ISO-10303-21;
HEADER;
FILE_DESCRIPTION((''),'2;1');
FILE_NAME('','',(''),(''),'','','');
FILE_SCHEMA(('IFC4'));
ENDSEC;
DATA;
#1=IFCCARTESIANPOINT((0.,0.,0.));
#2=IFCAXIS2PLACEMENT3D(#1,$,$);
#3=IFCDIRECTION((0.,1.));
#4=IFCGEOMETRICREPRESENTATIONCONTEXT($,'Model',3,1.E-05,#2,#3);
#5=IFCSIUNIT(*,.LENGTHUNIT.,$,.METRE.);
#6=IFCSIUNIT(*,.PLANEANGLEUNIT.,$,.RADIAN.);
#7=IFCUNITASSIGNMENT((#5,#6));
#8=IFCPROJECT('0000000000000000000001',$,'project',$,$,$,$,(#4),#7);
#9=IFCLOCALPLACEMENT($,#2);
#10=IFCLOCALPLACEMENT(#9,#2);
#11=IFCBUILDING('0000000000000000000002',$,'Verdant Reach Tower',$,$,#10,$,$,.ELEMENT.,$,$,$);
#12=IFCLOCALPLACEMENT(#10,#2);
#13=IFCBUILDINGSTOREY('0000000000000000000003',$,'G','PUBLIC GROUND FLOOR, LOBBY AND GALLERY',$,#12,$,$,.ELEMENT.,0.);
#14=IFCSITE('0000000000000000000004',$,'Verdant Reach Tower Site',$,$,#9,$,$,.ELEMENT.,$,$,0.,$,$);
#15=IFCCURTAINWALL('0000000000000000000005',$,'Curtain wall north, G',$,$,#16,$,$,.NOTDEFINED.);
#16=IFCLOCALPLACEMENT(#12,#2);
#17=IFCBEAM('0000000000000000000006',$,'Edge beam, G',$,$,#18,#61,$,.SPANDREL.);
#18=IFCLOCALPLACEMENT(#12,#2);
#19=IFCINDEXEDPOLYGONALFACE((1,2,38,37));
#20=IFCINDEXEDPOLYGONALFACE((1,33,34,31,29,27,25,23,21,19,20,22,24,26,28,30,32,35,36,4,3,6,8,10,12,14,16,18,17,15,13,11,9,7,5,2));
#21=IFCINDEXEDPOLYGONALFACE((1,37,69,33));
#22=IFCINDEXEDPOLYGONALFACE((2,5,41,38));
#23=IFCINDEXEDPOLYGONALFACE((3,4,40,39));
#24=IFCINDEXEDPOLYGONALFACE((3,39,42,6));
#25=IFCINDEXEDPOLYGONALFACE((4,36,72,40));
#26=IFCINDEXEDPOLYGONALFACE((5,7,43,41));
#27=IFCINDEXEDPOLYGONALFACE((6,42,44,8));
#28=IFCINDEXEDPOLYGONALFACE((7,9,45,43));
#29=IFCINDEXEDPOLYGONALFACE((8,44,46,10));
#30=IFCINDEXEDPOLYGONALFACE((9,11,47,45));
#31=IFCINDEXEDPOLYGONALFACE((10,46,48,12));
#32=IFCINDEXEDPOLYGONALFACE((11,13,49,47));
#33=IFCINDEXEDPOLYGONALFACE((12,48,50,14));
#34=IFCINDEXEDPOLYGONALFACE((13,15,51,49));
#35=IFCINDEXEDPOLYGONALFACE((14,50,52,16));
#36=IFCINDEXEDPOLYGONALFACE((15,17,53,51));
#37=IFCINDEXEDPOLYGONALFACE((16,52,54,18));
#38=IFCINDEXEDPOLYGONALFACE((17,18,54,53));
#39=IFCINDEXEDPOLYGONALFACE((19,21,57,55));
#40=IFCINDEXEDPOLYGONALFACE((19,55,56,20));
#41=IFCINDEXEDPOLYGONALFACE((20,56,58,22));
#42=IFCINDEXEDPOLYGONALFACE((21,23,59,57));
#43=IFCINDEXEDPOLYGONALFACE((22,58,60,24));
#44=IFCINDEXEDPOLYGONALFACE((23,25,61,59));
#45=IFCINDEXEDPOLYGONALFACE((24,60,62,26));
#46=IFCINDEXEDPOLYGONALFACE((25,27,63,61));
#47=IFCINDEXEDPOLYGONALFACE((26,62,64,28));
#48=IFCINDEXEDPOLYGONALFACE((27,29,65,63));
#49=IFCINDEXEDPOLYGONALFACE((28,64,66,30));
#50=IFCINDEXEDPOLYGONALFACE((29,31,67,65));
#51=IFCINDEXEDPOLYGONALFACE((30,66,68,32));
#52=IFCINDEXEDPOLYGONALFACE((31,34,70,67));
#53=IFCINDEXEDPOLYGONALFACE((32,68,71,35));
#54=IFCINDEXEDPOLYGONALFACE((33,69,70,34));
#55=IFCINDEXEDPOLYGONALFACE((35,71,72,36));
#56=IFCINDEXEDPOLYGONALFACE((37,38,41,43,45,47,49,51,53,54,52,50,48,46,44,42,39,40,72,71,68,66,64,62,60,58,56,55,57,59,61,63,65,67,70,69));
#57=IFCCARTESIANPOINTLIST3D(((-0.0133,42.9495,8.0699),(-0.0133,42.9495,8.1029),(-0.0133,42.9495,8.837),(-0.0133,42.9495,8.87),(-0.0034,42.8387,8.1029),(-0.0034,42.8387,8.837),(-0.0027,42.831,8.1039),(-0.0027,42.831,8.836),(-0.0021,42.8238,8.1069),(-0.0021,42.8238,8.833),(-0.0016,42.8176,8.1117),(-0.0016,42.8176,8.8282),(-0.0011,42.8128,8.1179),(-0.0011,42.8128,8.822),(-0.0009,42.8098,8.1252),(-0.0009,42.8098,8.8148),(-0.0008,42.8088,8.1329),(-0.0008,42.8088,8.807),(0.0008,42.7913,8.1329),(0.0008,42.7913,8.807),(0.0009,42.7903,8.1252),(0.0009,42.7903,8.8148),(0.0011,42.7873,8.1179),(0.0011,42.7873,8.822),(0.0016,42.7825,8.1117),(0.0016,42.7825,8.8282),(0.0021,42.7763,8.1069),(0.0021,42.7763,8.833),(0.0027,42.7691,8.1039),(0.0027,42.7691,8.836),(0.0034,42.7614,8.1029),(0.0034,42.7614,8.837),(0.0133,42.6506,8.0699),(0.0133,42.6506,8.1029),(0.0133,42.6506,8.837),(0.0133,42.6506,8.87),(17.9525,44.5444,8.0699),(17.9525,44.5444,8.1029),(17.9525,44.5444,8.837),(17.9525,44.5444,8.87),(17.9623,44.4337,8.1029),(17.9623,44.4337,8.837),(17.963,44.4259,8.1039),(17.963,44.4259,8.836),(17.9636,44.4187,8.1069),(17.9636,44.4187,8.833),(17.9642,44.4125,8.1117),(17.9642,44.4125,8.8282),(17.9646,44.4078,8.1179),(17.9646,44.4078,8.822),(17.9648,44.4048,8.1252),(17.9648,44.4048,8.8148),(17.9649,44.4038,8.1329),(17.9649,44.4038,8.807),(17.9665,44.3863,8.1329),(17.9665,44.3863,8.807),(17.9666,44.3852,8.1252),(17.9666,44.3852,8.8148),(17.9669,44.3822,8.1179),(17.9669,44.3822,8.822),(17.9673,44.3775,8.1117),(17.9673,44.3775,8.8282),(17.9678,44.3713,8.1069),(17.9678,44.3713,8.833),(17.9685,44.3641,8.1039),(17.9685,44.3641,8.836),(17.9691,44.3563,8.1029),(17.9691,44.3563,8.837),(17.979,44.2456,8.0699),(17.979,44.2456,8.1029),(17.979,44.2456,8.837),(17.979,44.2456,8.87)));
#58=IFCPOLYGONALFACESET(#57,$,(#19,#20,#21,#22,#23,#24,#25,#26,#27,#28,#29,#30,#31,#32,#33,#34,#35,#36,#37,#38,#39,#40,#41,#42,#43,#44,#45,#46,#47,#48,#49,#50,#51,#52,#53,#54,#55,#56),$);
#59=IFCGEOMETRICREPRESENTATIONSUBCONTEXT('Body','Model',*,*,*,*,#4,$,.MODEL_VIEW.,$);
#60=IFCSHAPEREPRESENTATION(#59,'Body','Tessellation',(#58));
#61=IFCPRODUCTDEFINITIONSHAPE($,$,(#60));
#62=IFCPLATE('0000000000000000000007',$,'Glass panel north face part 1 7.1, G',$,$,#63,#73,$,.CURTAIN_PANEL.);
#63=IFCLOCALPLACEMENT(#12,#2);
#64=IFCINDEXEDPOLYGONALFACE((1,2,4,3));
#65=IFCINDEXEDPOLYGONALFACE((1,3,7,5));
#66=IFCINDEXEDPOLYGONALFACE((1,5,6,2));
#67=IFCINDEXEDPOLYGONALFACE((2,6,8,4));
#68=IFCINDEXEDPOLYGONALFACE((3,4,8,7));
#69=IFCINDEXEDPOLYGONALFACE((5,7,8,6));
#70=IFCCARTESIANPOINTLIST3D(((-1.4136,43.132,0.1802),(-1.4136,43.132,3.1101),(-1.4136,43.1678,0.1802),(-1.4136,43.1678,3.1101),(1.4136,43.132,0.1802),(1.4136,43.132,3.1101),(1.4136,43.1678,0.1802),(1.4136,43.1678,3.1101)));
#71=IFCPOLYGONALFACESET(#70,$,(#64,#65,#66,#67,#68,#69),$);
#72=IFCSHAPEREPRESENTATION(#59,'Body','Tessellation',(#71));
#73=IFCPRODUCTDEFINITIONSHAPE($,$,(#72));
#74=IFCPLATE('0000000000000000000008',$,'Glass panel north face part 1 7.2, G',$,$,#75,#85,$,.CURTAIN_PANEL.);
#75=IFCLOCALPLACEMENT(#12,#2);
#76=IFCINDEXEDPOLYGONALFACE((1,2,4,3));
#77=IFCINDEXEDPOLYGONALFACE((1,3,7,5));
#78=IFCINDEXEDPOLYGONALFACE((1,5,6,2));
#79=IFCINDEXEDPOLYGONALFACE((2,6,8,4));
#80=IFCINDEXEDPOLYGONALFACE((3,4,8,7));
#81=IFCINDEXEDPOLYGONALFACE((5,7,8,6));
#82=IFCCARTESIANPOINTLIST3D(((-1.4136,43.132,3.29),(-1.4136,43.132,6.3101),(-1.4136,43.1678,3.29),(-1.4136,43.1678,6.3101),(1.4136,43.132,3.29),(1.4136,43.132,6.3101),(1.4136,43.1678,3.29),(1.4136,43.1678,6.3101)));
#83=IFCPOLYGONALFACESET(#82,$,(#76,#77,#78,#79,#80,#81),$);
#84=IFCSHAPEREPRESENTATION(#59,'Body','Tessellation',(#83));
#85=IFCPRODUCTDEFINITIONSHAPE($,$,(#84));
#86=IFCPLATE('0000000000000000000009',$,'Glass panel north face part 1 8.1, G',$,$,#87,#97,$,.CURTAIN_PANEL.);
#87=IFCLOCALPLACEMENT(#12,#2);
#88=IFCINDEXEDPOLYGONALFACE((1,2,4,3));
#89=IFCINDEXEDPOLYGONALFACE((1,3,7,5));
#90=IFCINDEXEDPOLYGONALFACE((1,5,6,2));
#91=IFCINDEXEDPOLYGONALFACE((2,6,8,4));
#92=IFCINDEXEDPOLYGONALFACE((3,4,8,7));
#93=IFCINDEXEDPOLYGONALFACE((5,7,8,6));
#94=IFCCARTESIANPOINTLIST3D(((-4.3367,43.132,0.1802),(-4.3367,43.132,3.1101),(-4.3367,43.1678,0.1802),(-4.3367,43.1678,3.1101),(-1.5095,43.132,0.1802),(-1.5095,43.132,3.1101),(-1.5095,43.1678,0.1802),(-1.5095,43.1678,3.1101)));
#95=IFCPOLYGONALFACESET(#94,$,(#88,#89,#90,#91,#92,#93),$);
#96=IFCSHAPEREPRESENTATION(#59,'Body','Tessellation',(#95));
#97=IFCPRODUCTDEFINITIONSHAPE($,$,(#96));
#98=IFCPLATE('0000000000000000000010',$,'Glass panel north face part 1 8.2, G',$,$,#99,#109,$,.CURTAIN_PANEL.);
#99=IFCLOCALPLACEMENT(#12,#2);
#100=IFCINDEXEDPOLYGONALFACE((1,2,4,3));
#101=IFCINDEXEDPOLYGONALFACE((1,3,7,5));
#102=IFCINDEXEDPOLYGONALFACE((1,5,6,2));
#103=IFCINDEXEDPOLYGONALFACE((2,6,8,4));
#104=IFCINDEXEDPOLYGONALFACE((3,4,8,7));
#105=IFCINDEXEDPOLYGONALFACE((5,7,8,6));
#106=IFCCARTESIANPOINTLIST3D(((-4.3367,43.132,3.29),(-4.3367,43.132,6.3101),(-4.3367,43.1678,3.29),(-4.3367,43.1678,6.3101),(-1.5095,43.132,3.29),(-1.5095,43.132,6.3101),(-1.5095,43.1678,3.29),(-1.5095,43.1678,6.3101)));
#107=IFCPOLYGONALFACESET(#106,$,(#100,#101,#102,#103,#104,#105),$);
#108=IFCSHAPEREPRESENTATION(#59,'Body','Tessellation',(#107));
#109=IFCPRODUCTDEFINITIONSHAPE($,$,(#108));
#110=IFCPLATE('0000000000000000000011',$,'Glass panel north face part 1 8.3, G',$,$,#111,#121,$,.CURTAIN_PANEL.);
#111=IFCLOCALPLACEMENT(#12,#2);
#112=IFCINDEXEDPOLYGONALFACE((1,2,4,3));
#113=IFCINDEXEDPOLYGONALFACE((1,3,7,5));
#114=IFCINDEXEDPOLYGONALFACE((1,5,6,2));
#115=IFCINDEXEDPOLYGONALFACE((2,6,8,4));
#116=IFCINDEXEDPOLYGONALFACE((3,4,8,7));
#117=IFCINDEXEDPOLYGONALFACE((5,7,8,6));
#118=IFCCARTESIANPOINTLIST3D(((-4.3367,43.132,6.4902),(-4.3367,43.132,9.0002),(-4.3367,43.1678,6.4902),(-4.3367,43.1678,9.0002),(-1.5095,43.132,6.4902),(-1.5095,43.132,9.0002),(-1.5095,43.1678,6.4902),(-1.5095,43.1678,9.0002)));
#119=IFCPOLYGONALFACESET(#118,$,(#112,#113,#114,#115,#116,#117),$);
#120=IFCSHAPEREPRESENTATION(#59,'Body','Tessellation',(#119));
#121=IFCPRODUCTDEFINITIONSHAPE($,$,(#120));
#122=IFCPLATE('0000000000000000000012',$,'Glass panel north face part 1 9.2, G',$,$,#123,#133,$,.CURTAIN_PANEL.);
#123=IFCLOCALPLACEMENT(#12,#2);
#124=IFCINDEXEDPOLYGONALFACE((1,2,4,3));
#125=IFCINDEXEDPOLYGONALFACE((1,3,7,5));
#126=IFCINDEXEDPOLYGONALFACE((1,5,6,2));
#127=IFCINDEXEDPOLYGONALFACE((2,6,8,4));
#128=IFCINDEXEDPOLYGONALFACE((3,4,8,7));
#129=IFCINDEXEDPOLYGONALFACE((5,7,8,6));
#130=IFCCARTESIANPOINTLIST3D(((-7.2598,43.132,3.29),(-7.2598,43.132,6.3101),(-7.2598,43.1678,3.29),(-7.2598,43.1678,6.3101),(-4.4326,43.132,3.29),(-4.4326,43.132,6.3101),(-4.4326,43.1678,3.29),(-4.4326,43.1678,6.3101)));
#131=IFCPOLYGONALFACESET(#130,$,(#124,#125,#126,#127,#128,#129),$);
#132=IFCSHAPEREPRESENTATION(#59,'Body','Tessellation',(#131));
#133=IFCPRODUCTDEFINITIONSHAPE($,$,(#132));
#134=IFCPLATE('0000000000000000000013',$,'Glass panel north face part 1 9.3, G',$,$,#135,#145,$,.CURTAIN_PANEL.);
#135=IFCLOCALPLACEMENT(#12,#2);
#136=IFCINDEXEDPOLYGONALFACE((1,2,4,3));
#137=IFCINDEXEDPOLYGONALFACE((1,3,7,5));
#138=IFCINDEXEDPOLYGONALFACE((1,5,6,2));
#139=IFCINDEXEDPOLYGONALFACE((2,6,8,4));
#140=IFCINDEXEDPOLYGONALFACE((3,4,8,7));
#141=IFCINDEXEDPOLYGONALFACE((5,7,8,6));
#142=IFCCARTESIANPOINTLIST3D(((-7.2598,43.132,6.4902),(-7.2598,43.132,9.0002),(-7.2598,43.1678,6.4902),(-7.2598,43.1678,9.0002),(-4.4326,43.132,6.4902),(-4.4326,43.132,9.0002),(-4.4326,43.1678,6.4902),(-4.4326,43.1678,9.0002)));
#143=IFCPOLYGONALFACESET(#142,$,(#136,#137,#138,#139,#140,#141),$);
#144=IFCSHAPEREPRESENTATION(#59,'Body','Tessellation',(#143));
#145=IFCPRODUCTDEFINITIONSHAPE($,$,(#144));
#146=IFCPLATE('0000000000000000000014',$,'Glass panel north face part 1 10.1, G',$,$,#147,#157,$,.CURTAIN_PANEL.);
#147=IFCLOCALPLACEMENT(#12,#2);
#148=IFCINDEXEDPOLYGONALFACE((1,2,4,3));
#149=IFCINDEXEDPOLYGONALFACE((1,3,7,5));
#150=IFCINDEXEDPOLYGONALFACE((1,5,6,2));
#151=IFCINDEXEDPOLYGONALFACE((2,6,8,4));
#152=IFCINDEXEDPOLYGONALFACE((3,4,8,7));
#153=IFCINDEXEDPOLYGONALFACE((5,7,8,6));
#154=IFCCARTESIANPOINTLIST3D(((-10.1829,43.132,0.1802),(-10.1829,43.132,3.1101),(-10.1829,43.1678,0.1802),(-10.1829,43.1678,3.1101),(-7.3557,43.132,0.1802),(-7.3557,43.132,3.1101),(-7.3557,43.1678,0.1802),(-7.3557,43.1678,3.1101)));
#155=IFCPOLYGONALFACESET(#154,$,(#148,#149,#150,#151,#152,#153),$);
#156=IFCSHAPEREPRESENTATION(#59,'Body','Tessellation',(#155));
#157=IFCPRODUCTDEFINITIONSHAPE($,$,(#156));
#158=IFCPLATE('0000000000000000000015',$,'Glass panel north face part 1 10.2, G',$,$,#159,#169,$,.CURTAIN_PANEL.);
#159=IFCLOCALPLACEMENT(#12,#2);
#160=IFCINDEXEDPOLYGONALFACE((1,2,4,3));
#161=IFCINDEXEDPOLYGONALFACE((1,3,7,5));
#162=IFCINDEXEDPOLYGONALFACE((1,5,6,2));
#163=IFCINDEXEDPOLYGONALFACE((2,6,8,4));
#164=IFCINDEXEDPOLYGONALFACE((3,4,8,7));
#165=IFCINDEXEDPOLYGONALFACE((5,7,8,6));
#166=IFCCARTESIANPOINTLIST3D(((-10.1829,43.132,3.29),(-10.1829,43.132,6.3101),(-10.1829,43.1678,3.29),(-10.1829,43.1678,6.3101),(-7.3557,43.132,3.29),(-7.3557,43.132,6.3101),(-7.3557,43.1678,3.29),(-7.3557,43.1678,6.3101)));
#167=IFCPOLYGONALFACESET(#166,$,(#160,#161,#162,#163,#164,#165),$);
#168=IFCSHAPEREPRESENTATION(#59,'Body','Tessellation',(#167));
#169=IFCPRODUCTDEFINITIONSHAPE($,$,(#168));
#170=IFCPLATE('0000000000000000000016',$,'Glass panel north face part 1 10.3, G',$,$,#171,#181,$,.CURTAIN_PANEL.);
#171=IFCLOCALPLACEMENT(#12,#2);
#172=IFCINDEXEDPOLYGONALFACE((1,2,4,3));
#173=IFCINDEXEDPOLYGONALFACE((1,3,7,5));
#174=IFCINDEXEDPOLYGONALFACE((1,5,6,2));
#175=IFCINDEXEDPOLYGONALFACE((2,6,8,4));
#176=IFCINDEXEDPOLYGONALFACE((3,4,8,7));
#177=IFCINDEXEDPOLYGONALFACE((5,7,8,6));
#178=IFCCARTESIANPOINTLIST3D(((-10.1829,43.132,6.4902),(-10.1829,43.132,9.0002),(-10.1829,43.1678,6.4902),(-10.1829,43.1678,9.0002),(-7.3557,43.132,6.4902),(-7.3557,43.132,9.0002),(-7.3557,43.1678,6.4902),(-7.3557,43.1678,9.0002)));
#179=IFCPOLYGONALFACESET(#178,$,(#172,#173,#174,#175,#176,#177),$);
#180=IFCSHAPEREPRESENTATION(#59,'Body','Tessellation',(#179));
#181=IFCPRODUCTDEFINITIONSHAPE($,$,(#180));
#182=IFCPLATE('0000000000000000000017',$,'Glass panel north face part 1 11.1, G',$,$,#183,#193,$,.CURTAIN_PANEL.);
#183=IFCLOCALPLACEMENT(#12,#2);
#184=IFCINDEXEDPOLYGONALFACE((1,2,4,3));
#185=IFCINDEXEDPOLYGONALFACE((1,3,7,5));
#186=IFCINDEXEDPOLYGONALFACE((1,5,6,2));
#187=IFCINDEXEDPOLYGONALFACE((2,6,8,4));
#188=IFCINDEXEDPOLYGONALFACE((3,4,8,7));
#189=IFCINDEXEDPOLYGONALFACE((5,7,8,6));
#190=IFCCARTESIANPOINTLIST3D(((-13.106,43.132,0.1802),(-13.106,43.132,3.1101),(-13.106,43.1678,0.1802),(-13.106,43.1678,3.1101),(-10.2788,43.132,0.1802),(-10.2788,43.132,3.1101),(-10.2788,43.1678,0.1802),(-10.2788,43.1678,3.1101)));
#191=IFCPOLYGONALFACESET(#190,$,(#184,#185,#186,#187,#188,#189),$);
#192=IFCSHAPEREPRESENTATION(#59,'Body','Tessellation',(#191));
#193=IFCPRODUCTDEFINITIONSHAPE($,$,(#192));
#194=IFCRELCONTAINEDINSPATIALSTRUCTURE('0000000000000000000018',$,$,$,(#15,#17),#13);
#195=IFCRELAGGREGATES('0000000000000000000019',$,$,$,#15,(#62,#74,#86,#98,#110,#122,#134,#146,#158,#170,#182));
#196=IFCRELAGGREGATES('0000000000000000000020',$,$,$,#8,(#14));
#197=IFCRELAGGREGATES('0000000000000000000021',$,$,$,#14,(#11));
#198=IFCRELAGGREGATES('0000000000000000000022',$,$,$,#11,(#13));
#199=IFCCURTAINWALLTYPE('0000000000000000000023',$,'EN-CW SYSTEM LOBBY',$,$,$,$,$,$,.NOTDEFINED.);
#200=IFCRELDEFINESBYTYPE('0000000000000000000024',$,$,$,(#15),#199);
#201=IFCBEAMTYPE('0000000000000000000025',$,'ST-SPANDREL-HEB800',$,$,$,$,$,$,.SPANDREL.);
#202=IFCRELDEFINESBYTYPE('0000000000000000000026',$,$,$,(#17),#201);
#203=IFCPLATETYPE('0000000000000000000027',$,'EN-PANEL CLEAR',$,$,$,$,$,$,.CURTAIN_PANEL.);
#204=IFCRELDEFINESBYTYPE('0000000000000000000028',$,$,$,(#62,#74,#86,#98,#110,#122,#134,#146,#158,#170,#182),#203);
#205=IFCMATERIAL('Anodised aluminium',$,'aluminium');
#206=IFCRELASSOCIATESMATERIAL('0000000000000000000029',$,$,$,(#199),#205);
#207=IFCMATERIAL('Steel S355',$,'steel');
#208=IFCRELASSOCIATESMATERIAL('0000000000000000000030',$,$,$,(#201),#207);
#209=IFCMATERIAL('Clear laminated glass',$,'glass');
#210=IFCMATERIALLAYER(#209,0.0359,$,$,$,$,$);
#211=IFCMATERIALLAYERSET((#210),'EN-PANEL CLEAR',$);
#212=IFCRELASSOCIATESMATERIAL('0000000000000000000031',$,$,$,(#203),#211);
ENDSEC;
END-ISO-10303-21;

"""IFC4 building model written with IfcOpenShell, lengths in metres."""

from ifc_helpers import new_model, si_unit, direction, frame, origin, origin_2d, place, context, subcontext, project, spatial, rectangle, i_section, extrude, material, layer, layer_set, material_profile, profile_set, type_object, element, aggregate, save


model = new_model("IFC4")

# Units and contexts
model_context = context("Model", 3, precision=1e-05, world=origin(), true_north=direction((0.0, 1.0)))
body_context = subcontext(model_context, "Body", "Model", "MODEL_VIEW")
ifc_project = project(units=[si_unit("LENGTHUNIT", "METRE"), si_unit("PLANEANGLEUNIT", "RADIAN")], contexts=[model_context])

# Site, building, storey
site_placement = place(None, origin())
site = spatial("IfcSite", under=ifc_project, at=site_placement, Name="Verdant Reach Tower Site", CompositionType="ELEMENT", RefElevation=0.0)
building_placement = place(site_placement, origin())
building = spatial("IfcBuilding", under=site, at=building_placement, Name="Verdant Reach Tower", CompositionType="ELEMENT")
storey_placement = place(building_placement, origin())
storey = spatial("IfcBuildingStorey", under=building, at=storey_placement, Name="G", Description="PUBLIC GROUND FLOOR, LOBBY AND GALLERY", CompositionType="ELEMENT", Elevation=0.0)

# Curtain wall
ifc_material_1 = material(Name="Anodised aluminium", Category="aluminium")
curtain_wall_type = type_object("IfcCurtainWallType", Name="EN-CW SYSTEM LOBBY", PredefinedType="NOTDEFINED", material=ifc_material_1)
curtain_wall_placement = place(storey_placement, origin())
curtain_wall = element("IfcCurtainWall", 1, at=curtain_wall_placement, inside=storey, type_object=curtain_wall_type, Name="Curtain wall north, G", PredefinedType="NOTDEFINED")

# Beam
ifc_material_2 = material(Name="Steel S355", Category="steel")
ifc_material_profile_1 = material_profile(ifc_material_2, i_section(OverallWidth=0.3, OverallDepth=0.8, WebThickness=0.0176, FlangeThickness=0.033, FilletRadius=0.03, at=origin_2d()), Name="HEB 800")
ifc_profile_set_1 = profile_set([ifc_material_profile_1], Name="Steel S355")
beam_type_1 = type_object("IfcBeamType", Name="ST-SPANDREL-HEB800", PredefinedType="SPANDREL", material=ifc_profile_set_1)
beam_1_placement = place(storey_placement, frame((0.0, 42.8, 8.47), z_axis=(0.996082, 0.08843, 0.0), x_axis=(-0.08843, 0.996082, 0.0)))
element("IfcBeam", 2, at=beam_1_placement, inside=storey, type_object=beam_type_1, Name="Edge beam, G", PredefinedType="SPANDREL", context=body_context, shape_type="SweptSolid", body=[
    extrude(i_section(OverallWidth=0.3, OverallDepth=0.8, WebThickness=0.0176, FlangeThickness=0.033, FilletRadius=0.03, at=origin_2d()), origin(), (0.0, 0.0, 1.0), 18.0364),
])

# Plates
ifc_material_3 = material(Name="Clear laminated glass", Category="glass")
ifc_layer_1 = layer(ifc_material_3, 0.0359)
ifc_layer_set_1 = layer_set([ifc_layer_1], Name="EN-PANEL CLEAR")
plate_type = type_object("IfcPlateType", Name="EN-PANEL CLEAR", PredefinedType="CURTAIN_PANEL", material=ifc_layer_set_1)
plate_1_placement = place(storey_placement, frame((0.0, 43.1499, 0.1802), z_axis=(0.0, 0.0, 1.0), x_axis=(-1.0, 0.0, 0.0)))
plate_1 = element("IfcPlate", 3, at=plate_1_placement, type_object=plate_type, Name="Glass panel north face part 1 7.1, G", PredefinedType="CURTAIN_PANEL", context=body_context, shape_type="SweptSolid", body=[
    extrude(rectangle(XDim=2.8271, YDim=0.0359, at=origin_2d()), origin(), (0.0, 0.0, 1.0), 2.9299),
])
plate_2_placement = place(storey_placement, frame((0.0, 43.1499, 3.29), z_axis=(0.0, 0.0, 1.0), x_axis=(-1.0, 0.0, 0.0)))
plate_2 = element("IfcPlate", 4, at=plate_2_placement, type_object=plate_type, Name="Glass panel north face part 1 7.2, G", PredefinedType="CURTAIN_PANEL", context=body_context, shape_type="SweptSolid", body=[
    extrude(rectangle(XDim=2.8271, YDim=0.0359, at=origin_2d()), origin(), (0.0, 0.0, 1.0), 3.02),
])
plate_3_placement = place(storey_placement, frame((-2.9231, 43.1499, 0.1802), z_axis=(0.0, 0.0, 1.0), x_axis=(-1.0, 0.0, 0.0)))
plate_3 = element("IfcPlate", 5, at=plate_3_placement, type_object=plate_type, Name="Glass panel north face part 1 8.1, G", PredefinedType="CURTAIN_PANEL", context=body_context, shape_type="SweptSolid", body=[
    extrude(rectangle(XDim=2.8271, YDim=0.0359, at=origin_2d()), origin(), (0.0, 0.0, 1.0), 2.9299),
])
plate_4_placement = place(storey_placement, frame((-2.9231, 43.1499, 3.29), z_axis=(0.0, 0.0, 1.0), x_axis=(-1.0, 0.0, 0.0)))
plate_4 = element("IfcPlate", 6, at=plate_4_placement, type_object=plate_type, Name="Glass panel north face part 1 8.2, G", PredefinedType="CURTAIN_PANEL", context=body_context, shape_type="SweptSolid", body=[
    extrude(rectangle(XDim=2.8271, YDim=0.0359, at=origin_2d()), origin(), (0.0, 0.0, 1.0), 3.02),
])
plate_5_placement = place(storey_placement, frame((-2.9231, 43.1499, 6.4902), z_axis=(0.0, 0.0, 1.0), x_axis=(-1.0, 0.0, 0.0)))
plate_5 = element("IfcPlate", 7, at=plate_5_placement, type_object=plate_type, Name="Glass panel north face part 1 8.3, G", PredefinedType="CURTAIN_PANEL", context=body_context, shape_type="SweptSolid", body=[
    extrude(rectangle(XDim=2.8271, YDim=0.0359, at=origin_2d()), origin(), (0.0, 0.0, 1.0), 2.51),
])
plate_6_placement = place(storey_placement, frame((-5.8462, 43.1499, 3.29), z_axis=(0.0, 0.0, 1.0), x_axis=(-1.0, 0.0, 0.0)))
plate_6 = element("IfcPlate", 8, at=plate_6_placement, type_object=plate_type, Name="Glass panel north face part 1 9.2, G", PredefinedType="CURTAIN_PANEL", context=body_context, shape_type="SweptSolid", body=[
    extrude(rectangle(XDim=2.8271, YDim=0.0359, at=origin_2d()), origin(), (0.0, 0.0, 1.0), 3.02),
])
plate_7_placement = place(storey_placement, frame((-5.8462, 43.1499, 6.4902), z_axis=(0.0, 0.0, 1.0), x_axis=(-1.0, 0.0, 0.0)))
plate_7 = element("IfcPlate", 9, at=plate_7_placement, type_object=plate_type, Name="Glass panel north face part 1 9.3, G", PredefinedType="CURTAIN_PANEL", context=body_context, shape_type="SweptSolid", body=[
    extrude(rectangle(XDim=2.8271, YDim=0.0359, at=origin_2d()), origin(), (0.0, 0.0, 1.0), 2.51),
])
plate_8_placement = place(storey_placement, frame((-8.7693, 43.1499, 0.1802), z_axis=(0.0, 0.0, 1.0), x_axis=(-1.0, 0.0, 0.0)))
plate_8 = element("IfcPlate", 10, at=plate_8_placement, type_object=plate_type, Name="Glass panel north face part 1 10.1, G", PredefinedType="CURTAIN_PANEL", context=body_context, shape_type="SweptSolid", body=[
    extrude(rectangle(XDim=2.8271, YDim=0.0359, at=origin_2d()), origin(), (0.0, 0.0, 1.0), 2.9299),
])
plate_9_placement = place(storey_placement, frame((-8.7693, 43.1499, 3.29), z_axis=(0.0, 0.0, 1.0), x_axis=(-1.0, 0.0, 0.0)))
plate_9 = element("IfcPlate", 11, at=plate_9_placement, type_object=plate_type, Name="Glass panel north face part 1 10.2, G", PredefinedType="CURTAIN_PANEL", context=body_context, shape_type="SweptSolid", body=[
    extrude(rectangle(XDim=2.8271, YDim=0.0359, at=origin_2d()), origin(), (0.0, 0.0, 1.0), 3.02),
])
plate_10_placement = place(storey_placement, frame((-8.7693, 43.1499, 6.4902), z_axis=(0.0, 0.0, 1.0), x_axis=(-1.0, 0.0, 0.0)))
plate_10 = element("IfcPlate", 12, at=plate_10_placement, type_object=plate_type, Name="Glass panel north face part 1 10.3, G", PredefinedType="CURTAIN_PANEL", context=body_context, shape_type="SweptSolid", body=[
    extrude(rectangle(XDim=2.8271, YDim=0.0359, at=origin_2d()), origin(), (0.0, 0.0, 1.0), 2.51),
])
plate_11_placement = place(storey_placement, frame((-11.6924, 43.1499, 0.1802), z_axis=(0.0, 0.0, 1.0), x_axis=(-1.0, 0.0, 0.0)))
plate_11 = element("IfcPlate", 13, at=plate_11_placement, type_object=plate_type, Name="Glass panel north face part 1 11.1, G", PredefinedType="CURTAIN_PANEL", context=body_context, shape_type="SweptSolid", body=[
    extrude(rectangle(XDim=2.8271, YDim=0.0359, at=origin_2d()), origin(), (0.0, 0.0, 1.0), 2.9299),
])
aggregate(curtain_wall, [plate_1, plate_2, plate_3, plate_4, plate_5, plate_6, plate_7, plate_8, plate_9, plate_10, plate_11])

save(model, "model.ifc")
